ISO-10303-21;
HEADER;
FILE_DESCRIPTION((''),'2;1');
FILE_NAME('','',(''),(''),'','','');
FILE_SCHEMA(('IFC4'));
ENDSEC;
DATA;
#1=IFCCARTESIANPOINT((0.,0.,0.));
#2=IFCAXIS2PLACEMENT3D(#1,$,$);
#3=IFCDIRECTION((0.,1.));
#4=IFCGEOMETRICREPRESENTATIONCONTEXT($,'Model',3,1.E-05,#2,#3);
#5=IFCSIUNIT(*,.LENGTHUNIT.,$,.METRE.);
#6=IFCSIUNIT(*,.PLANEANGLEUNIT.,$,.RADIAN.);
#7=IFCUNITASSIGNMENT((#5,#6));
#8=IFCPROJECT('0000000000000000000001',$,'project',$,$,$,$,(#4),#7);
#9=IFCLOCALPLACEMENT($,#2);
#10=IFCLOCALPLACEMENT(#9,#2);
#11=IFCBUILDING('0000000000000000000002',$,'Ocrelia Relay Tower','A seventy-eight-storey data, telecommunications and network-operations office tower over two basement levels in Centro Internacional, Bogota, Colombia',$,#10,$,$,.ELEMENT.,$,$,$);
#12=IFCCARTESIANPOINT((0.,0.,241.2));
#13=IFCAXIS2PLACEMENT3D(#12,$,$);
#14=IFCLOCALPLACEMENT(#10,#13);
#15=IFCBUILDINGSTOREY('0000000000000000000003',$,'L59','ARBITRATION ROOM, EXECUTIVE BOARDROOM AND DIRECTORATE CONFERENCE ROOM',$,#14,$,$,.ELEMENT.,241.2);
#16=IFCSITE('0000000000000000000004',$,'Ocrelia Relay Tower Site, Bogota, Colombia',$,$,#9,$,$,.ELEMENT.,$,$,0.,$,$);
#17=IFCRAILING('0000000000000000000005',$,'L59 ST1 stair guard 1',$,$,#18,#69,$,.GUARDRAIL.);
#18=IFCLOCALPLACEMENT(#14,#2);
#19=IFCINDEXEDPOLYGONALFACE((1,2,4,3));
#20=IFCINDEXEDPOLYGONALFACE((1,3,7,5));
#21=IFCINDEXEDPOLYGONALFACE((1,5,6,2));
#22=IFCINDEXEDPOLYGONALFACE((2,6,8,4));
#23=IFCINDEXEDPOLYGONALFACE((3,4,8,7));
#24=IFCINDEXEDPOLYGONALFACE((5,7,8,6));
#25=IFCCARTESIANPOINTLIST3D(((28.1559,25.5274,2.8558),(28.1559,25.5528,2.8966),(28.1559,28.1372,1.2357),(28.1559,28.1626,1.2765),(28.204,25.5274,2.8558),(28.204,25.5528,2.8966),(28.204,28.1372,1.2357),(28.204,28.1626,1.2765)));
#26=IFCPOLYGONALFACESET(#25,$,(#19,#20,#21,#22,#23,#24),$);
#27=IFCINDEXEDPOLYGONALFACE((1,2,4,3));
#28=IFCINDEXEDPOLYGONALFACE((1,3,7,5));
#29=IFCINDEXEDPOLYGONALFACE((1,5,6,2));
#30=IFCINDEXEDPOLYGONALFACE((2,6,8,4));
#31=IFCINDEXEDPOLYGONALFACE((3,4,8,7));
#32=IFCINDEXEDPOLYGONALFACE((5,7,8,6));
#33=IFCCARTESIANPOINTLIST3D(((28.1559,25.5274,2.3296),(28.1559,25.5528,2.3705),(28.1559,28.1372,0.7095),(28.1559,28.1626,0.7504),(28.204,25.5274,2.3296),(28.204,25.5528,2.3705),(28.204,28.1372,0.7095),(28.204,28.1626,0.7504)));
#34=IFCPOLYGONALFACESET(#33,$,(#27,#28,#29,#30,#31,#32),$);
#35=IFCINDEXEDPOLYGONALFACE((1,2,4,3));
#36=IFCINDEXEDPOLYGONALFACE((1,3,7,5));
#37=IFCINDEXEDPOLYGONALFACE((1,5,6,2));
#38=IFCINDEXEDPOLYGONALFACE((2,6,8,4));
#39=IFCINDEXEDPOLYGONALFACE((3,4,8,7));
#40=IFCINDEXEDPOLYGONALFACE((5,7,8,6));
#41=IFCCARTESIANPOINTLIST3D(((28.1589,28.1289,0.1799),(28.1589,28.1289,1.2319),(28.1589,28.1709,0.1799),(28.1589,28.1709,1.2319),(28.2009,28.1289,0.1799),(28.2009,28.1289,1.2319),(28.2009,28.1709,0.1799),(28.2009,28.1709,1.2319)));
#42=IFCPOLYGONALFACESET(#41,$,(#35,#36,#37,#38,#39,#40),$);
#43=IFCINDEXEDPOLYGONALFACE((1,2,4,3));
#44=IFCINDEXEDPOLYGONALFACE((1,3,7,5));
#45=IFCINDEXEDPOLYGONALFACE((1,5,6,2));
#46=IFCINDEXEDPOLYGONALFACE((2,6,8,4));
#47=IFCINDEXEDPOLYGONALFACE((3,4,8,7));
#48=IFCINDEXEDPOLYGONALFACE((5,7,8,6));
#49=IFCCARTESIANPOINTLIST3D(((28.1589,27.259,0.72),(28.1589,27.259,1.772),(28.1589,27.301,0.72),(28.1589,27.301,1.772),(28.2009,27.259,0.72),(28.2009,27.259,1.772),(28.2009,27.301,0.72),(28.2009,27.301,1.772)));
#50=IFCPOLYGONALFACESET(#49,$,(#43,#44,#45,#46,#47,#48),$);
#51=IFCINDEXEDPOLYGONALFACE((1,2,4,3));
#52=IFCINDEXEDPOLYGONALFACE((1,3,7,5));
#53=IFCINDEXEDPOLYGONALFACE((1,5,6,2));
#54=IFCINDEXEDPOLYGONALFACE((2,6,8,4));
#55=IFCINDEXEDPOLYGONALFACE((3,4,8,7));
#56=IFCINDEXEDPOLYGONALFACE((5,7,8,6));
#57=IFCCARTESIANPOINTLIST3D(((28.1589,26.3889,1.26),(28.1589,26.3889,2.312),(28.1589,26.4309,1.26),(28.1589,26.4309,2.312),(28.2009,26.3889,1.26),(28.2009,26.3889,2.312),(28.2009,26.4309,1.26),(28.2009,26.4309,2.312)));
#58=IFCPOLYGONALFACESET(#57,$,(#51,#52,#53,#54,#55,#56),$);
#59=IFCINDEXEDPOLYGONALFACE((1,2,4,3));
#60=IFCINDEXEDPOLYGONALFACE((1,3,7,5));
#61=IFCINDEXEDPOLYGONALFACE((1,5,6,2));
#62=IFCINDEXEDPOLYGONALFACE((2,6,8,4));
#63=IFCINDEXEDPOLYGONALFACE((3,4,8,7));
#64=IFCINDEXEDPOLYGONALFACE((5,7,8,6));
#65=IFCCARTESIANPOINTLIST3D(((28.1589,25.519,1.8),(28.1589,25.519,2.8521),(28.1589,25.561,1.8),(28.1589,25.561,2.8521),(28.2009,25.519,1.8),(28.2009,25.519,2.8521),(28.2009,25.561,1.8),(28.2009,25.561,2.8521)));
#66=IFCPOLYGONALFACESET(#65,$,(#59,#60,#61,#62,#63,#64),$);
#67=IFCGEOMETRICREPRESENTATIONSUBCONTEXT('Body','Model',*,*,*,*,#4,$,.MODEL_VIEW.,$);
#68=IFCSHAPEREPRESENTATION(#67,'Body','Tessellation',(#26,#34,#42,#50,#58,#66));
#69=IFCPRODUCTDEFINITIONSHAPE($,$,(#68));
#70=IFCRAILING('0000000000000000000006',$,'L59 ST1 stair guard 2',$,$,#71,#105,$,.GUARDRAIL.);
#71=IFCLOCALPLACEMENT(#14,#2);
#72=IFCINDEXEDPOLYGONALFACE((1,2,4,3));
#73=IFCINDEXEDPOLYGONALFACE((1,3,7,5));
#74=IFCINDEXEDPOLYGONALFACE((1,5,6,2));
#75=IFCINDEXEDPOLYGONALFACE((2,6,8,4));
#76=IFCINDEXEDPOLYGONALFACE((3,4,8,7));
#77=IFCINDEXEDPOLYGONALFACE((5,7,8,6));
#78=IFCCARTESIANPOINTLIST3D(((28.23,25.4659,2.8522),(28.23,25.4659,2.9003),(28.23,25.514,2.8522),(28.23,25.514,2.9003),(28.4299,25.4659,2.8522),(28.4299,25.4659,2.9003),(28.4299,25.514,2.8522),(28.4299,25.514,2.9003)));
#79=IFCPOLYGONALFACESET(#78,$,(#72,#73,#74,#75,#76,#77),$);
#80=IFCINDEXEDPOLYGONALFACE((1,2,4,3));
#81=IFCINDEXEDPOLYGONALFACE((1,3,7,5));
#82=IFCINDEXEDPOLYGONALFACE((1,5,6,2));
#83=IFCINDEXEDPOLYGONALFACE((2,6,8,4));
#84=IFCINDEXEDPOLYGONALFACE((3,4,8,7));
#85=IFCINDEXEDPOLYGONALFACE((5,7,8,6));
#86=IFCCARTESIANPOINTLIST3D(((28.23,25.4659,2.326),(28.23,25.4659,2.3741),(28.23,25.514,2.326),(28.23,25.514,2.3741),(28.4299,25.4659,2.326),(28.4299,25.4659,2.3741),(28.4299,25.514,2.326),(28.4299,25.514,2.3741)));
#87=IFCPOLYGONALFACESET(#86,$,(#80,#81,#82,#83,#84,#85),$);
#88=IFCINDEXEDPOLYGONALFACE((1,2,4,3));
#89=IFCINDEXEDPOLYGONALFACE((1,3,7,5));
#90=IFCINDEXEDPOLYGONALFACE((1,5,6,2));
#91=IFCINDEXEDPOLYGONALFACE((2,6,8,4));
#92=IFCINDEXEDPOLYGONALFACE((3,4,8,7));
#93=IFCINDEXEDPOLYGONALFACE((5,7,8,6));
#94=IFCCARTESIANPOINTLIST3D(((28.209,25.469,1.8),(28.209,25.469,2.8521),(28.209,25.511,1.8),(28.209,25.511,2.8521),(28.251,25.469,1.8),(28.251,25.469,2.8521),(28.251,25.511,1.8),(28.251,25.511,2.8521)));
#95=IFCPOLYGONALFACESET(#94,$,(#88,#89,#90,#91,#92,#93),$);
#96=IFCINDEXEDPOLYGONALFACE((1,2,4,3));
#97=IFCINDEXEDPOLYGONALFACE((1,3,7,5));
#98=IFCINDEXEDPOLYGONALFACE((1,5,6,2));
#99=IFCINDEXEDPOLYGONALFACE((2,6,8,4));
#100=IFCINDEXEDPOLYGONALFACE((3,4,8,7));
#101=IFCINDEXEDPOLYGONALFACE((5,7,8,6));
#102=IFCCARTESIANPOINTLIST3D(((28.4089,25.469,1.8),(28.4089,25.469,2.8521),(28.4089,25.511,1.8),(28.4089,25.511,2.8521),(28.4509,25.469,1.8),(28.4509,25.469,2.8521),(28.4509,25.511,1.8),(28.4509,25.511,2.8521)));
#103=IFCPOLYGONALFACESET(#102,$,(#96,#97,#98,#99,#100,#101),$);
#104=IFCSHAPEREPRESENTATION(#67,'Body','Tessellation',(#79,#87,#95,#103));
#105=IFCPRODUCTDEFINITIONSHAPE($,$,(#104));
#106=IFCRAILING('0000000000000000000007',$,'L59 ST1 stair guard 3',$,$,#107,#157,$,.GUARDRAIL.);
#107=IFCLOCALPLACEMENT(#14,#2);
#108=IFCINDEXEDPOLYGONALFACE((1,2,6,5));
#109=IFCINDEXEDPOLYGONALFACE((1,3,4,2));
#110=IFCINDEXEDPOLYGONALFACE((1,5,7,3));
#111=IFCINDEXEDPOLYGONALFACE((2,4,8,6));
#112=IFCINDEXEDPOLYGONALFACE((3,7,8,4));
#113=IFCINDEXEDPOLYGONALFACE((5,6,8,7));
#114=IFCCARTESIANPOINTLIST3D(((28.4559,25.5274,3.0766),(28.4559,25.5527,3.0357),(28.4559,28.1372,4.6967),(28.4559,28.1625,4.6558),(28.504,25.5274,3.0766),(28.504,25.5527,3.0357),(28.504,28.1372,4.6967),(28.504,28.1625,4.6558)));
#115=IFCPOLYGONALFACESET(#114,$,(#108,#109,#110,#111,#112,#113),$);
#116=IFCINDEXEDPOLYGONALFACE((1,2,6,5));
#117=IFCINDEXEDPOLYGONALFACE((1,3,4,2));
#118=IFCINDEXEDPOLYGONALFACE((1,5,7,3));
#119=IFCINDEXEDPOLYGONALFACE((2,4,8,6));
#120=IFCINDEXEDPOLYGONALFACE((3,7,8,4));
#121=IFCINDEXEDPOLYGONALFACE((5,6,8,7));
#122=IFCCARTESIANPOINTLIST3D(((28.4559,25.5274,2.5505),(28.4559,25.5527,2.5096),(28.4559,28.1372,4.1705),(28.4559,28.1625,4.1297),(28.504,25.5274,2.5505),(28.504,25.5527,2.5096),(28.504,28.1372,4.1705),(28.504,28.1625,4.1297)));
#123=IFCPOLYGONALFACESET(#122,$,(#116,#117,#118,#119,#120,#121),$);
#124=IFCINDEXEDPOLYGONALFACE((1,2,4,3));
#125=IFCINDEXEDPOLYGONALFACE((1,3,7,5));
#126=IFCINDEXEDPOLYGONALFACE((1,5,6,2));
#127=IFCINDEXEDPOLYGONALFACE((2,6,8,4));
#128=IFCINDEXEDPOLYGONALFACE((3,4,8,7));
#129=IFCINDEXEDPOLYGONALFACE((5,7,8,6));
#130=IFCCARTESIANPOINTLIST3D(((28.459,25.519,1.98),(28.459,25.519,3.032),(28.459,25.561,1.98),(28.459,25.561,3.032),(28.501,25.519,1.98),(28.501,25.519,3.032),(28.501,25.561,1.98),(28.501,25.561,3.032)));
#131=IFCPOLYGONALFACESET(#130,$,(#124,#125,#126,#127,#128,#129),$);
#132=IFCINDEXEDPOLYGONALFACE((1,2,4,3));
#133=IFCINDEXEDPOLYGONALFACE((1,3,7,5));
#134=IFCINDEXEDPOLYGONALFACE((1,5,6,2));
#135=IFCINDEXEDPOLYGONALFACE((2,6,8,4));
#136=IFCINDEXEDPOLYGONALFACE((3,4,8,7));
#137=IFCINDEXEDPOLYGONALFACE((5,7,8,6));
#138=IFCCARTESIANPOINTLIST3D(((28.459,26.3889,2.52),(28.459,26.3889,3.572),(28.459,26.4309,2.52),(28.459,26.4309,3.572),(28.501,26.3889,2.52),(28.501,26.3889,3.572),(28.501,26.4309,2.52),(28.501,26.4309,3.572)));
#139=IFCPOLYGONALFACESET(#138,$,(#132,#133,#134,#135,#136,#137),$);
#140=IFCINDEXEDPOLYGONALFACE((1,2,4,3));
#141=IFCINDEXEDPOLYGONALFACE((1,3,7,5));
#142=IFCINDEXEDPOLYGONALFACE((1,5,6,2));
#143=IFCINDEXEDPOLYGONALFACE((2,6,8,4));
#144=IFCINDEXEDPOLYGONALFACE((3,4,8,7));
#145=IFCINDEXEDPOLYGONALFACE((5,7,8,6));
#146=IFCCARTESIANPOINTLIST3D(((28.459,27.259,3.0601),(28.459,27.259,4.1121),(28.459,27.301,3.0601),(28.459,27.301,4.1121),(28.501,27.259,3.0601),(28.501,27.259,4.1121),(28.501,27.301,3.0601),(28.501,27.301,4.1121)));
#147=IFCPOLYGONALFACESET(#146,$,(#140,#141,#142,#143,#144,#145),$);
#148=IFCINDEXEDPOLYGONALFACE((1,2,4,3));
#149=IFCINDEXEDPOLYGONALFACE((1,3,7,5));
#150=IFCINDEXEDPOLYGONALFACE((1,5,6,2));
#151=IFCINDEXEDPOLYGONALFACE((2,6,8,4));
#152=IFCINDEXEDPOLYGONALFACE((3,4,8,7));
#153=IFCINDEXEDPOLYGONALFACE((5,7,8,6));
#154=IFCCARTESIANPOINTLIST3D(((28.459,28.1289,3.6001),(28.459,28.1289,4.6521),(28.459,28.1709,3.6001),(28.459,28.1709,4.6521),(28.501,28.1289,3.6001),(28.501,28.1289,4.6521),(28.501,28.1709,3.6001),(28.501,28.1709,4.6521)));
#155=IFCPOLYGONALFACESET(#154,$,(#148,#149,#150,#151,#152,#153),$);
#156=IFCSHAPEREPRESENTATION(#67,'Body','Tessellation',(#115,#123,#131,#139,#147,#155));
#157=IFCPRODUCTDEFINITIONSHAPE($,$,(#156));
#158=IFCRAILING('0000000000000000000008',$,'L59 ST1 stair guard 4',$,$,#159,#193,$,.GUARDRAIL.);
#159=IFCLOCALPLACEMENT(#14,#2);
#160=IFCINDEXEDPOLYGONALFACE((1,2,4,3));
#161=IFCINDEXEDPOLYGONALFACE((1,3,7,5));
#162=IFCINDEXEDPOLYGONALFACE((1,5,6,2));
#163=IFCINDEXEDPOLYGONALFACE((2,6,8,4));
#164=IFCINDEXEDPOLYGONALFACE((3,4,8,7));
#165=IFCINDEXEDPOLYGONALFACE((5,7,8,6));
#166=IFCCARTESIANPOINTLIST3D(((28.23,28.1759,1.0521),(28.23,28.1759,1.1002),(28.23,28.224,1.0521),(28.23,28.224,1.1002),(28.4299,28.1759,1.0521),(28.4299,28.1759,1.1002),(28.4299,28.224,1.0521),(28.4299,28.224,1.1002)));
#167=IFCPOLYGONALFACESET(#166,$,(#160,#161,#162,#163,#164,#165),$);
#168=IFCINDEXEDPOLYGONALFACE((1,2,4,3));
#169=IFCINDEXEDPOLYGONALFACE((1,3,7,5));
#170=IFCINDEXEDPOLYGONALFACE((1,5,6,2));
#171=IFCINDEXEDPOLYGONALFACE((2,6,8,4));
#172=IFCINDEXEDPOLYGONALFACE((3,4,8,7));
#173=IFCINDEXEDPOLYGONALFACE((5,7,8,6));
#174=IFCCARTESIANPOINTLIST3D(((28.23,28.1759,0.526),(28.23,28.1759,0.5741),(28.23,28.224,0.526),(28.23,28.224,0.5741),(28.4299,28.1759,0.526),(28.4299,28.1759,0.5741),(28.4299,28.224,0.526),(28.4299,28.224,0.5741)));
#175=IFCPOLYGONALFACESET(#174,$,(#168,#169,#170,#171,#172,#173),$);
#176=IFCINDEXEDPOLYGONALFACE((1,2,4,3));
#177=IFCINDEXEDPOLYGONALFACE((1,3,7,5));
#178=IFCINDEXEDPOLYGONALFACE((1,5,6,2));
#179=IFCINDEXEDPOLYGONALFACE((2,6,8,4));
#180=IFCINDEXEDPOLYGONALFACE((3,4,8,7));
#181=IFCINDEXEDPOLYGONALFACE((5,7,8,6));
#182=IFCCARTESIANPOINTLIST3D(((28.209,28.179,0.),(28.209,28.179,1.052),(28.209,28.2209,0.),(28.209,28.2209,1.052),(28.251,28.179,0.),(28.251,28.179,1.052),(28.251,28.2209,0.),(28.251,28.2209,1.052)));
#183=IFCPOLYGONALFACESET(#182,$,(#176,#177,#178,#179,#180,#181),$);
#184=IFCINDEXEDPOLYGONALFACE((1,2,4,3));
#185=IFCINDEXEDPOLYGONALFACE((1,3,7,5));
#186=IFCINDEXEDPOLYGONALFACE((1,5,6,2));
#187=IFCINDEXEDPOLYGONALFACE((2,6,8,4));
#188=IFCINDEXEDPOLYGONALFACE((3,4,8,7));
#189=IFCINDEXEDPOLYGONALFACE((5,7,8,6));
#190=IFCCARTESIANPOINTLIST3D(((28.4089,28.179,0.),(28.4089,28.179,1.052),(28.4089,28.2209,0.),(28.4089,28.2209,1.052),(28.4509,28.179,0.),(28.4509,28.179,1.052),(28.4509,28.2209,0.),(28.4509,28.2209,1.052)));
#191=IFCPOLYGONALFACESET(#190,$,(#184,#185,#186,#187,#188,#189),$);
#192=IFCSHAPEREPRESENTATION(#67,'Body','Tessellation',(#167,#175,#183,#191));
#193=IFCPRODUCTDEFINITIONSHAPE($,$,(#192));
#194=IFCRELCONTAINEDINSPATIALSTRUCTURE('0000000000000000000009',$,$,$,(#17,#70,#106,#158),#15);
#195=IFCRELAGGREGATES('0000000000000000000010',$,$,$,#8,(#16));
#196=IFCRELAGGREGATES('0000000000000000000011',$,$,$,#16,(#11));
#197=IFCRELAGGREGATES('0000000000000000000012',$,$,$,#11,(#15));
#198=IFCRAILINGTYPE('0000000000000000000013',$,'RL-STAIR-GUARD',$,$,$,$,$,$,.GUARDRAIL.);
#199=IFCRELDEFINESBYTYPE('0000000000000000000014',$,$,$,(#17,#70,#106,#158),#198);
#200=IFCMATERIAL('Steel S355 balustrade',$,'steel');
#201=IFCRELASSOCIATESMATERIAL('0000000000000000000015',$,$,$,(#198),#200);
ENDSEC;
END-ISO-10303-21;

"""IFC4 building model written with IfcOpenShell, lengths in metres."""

from ifc_helpers import new_model, si_unit, direction, frame, origin, origin_2d, place, context, subcontext, project, spatial, rectangle, extrude, material, type_object, element, save


model = new_model("IFC4")

# Units and contexts
model_context = context("Model", 3, precision=1e-05, world=origin(), true_north=direction((0.0, 1.0)))
body_context = subcontext(model_context, "Body", "Model", "MODEL_VIEW")
ifc_project = project(units=[si_unit("LENGTHUNIT", "METRE"), si_unit("PLANEANGLEUNIT", "RADIAN")], contexts=[model_context])

# Site, building, storey
site_placement = place(None, origin())
site = spatial("IfcSite", under=ifc_project, at=site_placement, Name="Ocrelia Relay Tower Site, Bogota, Colombia", CompositionType="ELEMENT", RefElevation=0.0)
building_placement = place(site_placement, origin())
building = spatial("IfcBuilding", under=site, at=building_placement, Name="Ocrelia Relay Tower", Description="A seventy-eight-storey data, telecommunications and network-operations office tower over two basement levels in Centro Internacional, Bogota, Colombia", CompositionType="ELEMENT")
storey_placement = place(building_placement, frame((0.0, 0.0, 241.2)))
storey = spatial("IfcBuildingStorey", under=building, at=storey_placement, Name="L59", Description="ARBITRATION ROOM, EXECUTIVE BOARDROOM AND DIRECTORATE CONFERENCE ROOM", CompositionType="ELEMENT", Elevation=241.2)

# Railings
ifc_material_1 = material(Name="Steel S355 balustrade", Category="steel")
railing_type_1 = type_object("IfcRailingType", Name="RL-STAIR-GUARD", PredefinedType="GUARDRAIL", material=ifc_material_1)
railing_1_placement = place(storey_placement, frame((28.1799, 28.1499, 0.1799)))
element("IfcRailing", 1, at=railing_1_placement, inside=storey, type_object=railing_type_1, Name="L59 ST1 stair guard 1", PredefinedType="GUARDRAIL", context=body_context, shape_type="SweptSolid", body=[
    extrude(rectangle(XDim=0.0481, YDim=0.0481, at=origin_2d()), frame((0.0, 0.0, 1.0762), z_axis=(0.0, -0.849611, 0.52741), x_axis=(1.0, 0.0, 0.0)), (0.0, 0.0, 1.0), 3.0718),
    extrude(rectangle(XDim=0.0481, YDim=0.0481, at=origin_2d()), frame((0.0, 0.0, 0.55), z_axis=(0.0, -0.849611, 0.52741), x_axis=(1.0, 0.0, 0.0)), (0.0, 0.0, 1.0), 3.0718),
    extrude(rectangle(XDim=0.042, YDim=0.042, at=origin_2d()), origin(), (0.0, 0.0, 1.0), 1.052),
    extrude(rectangle(XDim=0.042, YDim=0.042, at=origin_2d()), frame((0.0, -0.8699, 0.54)), (0.0, 0.0, 1.0), 1.052),
    extrude(rectangle(XDim=0.042, YDim=0.042, at=origin_2d()), frame((0.0, -1.74, 1.0801)), (0.0, 0.0, 1.0), 1.052),
    extrude(rectangle(XDim=0.042, YDim=0.042, at=origin_2d()), frame((0.0, -2.6099, 1.6201)), (0.0, 0.0, 1.0), 1.052),
])
railing_2_placement = place(storey_placement, frame((28.23, 25.49, 1.8)))
element("IfcRailing", 2, at=railing_2_placement, inside=storey, type_object=railing_type_1, Name="L59 ST1 stair guard 2", PredefinedType="GUARDRAIL", context=body_context, shape_type="SweptSolid", body=[
    extrude(rectangle(XDim=0.0481, YDim=0.0481, at=origin_2d()), frame((0.0, 0.0, 1.0762), z_axis=(1.0, 0.0, 0.0), x_axis=(0.0, 1.0, 0.0)), (0.0, 0.0, 1.0), 0.2),
    extrude(rectangle(XDim=0.0481, YDim=0.0481, at=origin_2d()), frame((0.0, 0.0, 0.55), z_axis=(1.0, 0.0, 0.0), x_axis=(0.0, 1.0, 0.0)), (0.0, 0.0, 1.0), 0.2),
    extrude(rectangle(XDim=0.042, YDim=0.042, at=origin_2d()), origin(), (0.0, 0.0, 1.0), 1.052),
    extrude(rectangle(XDim=0.042, YDim=0.042, at=origin_2d()), frame((0.2, 0.0, 0.0)), (0.0, 0.0, 1.0), 1.052),
])
railing_3_placement = place(storey_placement, frame((28.48, 25.54, 1.98)))
element("IfcRailing", 3, at=railing_3_placement, inside=storey, type_object=railing_type_1, Name="L59 ST1 stair guard 3", PredefinedType="GUARDRAIL", context=body_context, shape_type="SweptSolid", body=[
    extrude(rectangle(XDim=0.0481, YDim=0.0481, at=origin_2d()), frame((0.0, 0.0, 1.0762), z_axis=(0.0, 0.849611, 0.52741), x_axis=(-1.0, 0.0, 0.0)), (0.0, 0.0, 1.0), 3.0718),
    extrude(rectangle(XDim=0.0481, YDim=0.0481, at=origin_2d()), frame((0.0, 0.0, 0.55), z_axis=(0.0, 0.849611, 0.52741), x_axis=(-1.0, 0.0, 0.0)), (0.0, 0.0, 1.0), 3.0718),
    extrude(rectangle(XDim=0.042, YDim=0.042, at=origin_2d()), origin(), (0.0, 0.0, 1.0), 1.052),
    extrude(rectangle(XDim=0.042, YDim=0.042, at=origin_2d()), frame((0.0, 0.8699, 0.54)), (0.0, 0.0, 1.0), 1.052),
    extrude(rectangle(XDim=0.042, YDim=0.042, at=origin_2d()), frame((0.0, 1.74, 1.0801)), (0.0, 0.0, 1.0), 1.052),
    extrude(rectangle(XDim=0.042, YDim=0.042, at=origin_2d()), frame((0.0, 2.6099, 1.6201)), (0.0, 0.0, 1.0), 1.052),
])
railing_4_placement = place(storey_placement, frame((28.23, 28.2, 0.0)))
element("IfcRailing", 4, at=railing_4_placement, inside=storey, type_object=railing_type_1, Name="L59 ST1 stair guard 4", PredefinedType="GUARDRAIL", context=body_context, shape_type="SweptSolid", body=[
    extrude(rectangle(XDim=0.0481, YDim=0.0481, at=origin_2d()), frame((0.0, 0.0, 1.0762), z_axis=(1.0, 0.0, 0.0), x_axis=(0.0, 1.0, 0.0)), (0.0, 0.0, 1.0), 0.2),
    extrude(rectangle(XDim=0.0481, YDim=0.0481, at=origin_2d()), frame((0.0, 0.0, 0.55), z_axis=(1.0, 0.0, 0.0), x_axis=(0.0, 1.0, 0.0)), (0.0, 0.0, 1.0), 0.2),
    extrude(rectangle(XDim=0.042, YDim=0.042, at=origin_2d()), origin(), (0.0, 0.0, 1.0), 1.052),
    extrude(rectangle(XDim=0.042, YDim=0.042, at=origin_2d()), frame((0.2, 0.0, 0.0)), (0.0, 0.0, 1.0), 1.052),
])

save(model, "model.ifc")
